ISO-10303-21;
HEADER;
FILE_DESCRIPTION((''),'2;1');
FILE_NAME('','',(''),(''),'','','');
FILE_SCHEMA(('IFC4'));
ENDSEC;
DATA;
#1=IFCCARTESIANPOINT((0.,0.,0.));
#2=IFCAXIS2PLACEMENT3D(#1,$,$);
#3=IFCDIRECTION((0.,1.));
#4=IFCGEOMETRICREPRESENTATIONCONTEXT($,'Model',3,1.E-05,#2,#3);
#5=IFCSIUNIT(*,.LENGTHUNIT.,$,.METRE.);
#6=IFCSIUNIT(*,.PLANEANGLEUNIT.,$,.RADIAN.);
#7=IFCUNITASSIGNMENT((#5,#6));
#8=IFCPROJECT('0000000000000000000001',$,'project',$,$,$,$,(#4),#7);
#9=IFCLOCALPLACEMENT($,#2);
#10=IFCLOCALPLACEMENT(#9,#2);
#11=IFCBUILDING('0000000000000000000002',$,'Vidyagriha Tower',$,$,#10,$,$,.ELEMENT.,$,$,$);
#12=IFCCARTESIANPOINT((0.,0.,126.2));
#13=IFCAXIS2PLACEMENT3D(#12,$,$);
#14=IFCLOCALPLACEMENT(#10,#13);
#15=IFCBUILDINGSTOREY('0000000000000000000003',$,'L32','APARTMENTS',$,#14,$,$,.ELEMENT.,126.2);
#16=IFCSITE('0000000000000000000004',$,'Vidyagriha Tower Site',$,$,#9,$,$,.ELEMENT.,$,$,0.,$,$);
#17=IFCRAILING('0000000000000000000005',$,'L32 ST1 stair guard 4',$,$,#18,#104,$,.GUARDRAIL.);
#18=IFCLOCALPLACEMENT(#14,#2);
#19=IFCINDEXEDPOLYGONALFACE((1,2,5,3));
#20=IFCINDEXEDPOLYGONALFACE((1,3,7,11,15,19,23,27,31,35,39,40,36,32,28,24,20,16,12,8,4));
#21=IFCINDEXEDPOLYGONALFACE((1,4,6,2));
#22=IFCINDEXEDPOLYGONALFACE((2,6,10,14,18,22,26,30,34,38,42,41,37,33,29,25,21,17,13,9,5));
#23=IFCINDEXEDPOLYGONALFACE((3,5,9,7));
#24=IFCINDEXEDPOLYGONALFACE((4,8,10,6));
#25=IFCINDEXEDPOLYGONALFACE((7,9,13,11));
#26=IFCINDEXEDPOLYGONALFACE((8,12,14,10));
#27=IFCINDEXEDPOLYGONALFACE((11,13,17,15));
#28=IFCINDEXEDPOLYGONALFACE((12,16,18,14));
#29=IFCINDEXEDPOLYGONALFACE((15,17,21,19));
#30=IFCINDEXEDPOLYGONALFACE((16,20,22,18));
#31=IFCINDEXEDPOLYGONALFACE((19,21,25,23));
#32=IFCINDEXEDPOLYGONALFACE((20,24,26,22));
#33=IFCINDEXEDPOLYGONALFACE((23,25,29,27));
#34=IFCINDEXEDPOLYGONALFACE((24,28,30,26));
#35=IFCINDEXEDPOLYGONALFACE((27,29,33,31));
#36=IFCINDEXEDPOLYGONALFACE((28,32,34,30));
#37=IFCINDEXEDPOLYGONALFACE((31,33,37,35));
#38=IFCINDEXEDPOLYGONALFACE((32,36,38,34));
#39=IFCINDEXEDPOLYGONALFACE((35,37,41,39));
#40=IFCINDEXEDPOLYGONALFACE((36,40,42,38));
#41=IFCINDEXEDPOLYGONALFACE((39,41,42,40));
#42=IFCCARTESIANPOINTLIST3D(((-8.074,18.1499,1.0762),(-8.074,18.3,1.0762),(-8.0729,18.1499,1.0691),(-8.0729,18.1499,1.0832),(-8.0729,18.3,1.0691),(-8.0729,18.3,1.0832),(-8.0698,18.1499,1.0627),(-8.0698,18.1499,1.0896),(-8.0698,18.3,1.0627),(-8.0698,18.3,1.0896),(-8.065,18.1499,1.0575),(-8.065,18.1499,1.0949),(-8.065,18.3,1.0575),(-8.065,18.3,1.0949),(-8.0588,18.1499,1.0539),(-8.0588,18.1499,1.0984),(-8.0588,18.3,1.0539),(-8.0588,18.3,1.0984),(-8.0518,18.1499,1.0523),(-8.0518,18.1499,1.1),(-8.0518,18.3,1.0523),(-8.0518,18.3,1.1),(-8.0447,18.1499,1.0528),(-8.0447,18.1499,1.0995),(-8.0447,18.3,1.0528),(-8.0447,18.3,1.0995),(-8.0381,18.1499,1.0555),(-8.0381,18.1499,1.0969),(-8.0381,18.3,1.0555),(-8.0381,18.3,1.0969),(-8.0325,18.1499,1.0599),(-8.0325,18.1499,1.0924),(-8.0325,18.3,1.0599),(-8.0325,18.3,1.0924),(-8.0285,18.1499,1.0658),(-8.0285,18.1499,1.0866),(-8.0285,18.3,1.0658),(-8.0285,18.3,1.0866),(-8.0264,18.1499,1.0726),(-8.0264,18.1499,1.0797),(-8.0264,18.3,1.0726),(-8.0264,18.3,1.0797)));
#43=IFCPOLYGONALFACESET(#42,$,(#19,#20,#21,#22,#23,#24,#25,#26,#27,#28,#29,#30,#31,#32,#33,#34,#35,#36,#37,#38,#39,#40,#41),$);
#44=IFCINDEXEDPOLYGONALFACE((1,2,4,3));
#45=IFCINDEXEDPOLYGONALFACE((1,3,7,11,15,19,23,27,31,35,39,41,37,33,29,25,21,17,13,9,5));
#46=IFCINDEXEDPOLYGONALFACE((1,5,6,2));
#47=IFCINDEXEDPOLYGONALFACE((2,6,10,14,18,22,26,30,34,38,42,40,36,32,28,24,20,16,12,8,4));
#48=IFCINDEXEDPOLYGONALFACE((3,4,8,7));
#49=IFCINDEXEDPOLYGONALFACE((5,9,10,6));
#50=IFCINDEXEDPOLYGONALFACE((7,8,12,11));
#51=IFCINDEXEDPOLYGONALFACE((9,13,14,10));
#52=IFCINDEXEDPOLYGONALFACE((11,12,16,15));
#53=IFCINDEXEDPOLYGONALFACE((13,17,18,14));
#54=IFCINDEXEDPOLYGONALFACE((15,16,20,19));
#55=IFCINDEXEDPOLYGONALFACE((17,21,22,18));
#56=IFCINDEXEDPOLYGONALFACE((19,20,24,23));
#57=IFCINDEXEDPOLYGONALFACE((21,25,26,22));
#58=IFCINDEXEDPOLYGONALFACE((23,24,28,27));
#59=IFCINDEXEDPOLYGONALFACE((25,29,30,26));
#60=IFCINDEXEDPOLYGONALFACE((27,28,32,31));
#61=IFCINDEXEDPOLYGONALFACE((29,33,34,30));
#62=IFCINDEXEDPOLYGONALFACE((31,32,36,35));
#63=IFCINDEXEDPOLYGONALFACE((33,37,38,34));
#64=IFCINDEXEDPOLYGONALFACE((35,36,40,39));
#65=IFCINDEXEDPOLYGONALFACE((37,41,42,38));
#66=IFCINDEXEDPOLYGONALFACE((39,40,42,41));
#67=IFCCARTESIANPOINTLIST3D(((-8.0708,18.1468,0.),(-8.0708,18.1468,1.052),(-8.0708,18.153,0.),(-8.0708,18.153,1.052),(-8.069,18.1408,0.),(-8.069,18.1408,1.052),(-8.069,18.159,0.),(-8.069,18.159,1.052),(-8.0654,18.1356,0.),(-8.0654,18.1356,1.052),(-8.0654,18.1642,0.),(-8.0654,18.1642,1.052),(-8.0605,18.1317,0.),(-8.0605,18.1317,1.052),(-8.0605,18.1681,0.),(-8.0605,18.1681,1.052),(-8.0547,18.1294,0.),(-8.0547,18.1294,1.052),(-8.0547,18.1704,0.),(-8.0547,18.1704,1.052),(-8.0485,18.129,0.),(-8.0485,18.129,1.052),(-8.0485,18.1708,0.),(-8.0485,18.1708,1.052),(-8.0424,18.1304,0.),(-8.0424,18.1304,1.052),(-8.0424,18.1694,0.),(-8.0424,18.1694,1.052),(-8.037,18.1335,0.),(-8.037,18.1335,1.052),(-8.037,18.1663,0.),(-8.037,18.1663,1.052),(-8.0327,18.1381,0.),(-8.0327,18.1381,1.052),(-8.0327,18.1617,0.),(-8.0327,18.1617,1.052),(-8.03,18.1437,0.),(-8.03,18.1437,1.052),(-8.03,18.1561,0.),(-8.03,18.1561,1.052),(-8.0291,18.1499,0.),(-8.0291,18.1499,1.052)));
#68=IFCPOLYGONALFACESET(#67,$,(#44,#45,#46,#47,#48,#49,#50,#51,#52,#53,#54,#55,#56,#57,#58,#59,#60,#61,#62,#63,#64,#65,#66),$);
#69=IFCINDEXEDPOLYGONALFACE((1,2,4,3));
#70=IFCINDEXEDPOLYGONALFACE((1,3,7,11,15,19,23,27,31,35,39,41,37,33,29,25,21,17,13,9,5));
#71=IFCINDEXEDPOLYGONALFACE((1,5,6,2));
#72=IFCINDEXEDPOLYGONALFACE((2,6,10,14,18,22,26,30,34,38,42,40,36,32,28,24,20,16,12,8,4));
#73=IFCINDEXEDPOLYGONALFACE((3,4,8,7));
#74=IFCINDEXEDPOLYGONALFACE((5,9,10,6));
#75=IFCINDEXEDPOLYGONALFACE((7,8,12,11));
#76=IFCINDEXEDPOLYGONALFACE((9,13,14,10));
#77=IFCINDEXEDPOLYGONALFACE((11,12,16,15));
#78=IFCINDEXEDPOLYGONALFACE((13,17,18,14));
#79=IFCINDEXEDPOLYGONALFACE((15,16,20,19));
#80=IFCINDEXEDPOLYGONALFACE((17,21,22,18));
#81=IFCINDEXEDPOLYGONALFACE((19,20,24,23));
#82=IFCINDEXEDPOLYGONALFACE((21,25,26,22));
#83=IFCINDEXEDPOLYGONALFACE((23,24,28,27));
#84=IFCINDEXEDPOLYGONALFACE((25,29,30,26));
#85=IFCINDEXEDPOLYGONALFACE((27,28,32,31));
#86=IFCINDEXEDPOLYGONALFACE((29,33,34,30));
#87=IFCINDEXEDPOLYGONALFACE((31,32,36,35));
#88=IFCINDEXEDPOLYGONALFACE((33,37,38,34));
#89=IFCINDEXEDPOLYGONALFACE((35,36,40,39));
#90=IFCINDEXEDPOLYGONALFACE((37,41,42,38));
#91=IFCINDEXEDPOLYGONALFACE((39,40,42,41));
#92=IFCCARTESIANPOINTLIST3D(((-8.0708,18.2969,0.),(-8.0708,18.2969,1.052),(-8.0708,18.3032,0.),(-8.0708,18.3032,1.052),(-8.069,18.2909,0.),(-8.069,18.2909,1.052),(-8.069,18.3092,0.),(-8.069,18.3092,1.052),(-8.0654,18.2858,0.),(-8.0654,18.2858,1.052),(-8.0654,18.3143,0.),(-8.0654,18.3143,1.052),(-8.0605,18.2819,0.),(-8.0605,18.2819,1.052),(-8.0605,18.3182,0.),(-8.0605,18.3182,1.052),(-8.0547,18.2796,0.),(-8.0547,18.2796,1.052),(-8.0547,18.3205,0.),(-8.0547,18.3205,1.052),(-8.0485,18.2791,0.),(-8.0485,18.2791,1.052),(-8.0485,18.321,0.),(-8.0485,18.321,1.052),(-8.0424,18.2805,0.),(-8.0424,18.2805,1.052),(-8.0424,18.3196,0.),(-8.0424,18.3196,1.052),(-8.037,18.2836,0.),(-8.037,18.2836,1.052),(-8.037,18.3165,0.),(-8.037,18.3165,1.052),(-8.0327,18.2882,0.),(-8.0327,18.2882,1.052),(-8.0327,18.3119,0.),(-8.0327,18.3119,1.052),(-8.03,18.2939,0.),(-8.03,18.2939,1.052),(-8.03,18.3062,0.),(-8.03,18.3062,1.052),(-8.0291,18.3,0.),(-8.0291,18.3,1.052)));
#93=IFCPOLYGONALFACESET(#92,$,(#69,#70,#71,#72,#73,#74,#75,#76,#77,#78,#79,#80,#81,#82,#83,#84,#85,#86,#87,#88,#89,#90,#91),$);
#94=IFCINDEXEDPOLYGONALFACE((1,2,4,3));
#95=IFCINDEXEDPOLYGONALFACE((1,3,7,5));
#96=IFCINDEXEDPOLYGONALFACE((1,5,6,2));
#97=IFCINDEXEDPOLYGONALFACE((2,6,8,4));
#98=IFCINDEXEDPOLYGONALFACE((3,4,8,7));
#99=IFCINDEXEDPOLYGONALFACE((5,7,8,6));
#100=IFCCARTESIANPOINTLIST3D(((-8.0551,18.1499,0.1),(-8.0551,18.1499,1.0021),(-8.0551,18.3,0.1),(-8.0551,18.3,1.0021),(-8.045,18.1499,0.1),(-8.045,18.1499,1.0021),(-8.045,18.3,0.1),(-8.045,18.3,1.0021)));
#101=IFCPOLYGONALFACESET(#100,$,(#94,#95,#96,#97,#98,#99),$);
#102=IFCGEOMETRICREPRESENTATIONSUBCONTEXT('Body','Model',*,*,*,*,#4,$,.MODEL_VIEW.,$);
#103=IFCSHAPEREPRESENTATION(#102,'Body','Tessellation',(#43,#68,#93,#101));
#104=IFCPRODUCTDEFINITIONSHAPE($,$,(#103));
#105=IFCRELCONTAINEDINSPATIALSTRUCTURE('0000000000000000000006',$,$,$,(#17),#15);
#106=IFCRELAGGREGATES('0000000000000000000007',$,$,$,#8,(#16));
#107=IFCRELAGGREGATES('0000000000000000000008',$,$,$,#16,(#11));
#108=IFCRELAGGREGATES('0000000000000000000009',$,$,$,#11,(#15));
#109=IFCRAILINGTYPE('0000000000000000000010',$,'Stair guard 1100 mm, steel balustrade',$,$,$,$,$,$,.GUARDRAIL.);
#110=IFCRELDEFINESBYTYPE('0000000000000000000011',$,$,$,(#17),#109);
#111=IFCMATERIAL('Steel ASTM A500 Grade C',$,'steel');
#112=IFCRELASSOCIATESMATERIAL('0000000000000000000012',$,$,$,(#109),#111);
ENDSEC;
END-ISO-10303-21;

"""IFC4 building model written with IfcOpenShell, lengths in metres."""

from ifc_helpers import new_model, si_unit, direction, frame, origin, origin_2d, place, context, subcontext, project, spatial, rectangle, circle, extrude, material, type_object, element, save


model = new_model("IFC4")

# Units and contexts
model_context = context("Model", 3, precision=1e-05, world=origin(), true_north=direction((0.0, 1.0)))
body_context = subcontext(model_context, "Body", "Model", "MODEL_VIEW")
ifc_project = project(units=[si_unit("LENGTHUNIT", "METRE"), si_unit("PLANEANGLEUNIT", "RADIAN")], contexts=[model_context])

# Site, building, storey
site_placement = place(None, origin())
site = spatial("IfcSite", under=ifc_project, at=site_placement, Name="Vidyagriha Tower Site", CompositionType="ELEMENT", RefElevation=0.0)
building_placement = place(site_placement, origin())
building = spatial("IfcBuilding", under=site, at=building_placement, Name="Vidyagriha Tower", CompositionType="ELEMENT")
storey_placement = place(building_placement, frame((0.0, 0.0, 126.2)))
storey = spatial("IfcBuildingStorey", under=building, at=storey_placement, Name="L32", Description="APARTMENTS", CompositionType="ELEMENT", Elevation=126.2)

# Railing
ifc_material_1 = material(Name="Steel ASTM A500 Grade C", Category="steel")
railing_type_1 = type_object("IfcRailingType", Name="Stair guard 1100 mm, steel balustrade", PredefinedType="GUARDRAIL", material=ifc_material_1)
railing_1_placement = place(storey_placement, frame((-8.05, 18.1499, 0.0)))
element("IfcRailing", 1, at=railing_1_placement, inside=storey, type_object=railing_type_1, Name="L32 ST1 stair guard 4", PredefinedType="GUARDRAIL", context=body_context, shape_type="SweptSolid", body=[
    extrude(circle(Radius=0.0239, at=origin_2d()), frame((0.0, 0.0, 1.0762), z_axis=(0.0, 1.0, 0.0), x_axis=(-1.0, 0.0, 0.0)), (0.0, 0.0, 1.0), 0.1501),
    extrude(circle(Radius=0.021, at=origin_2d()), origin(), (0.0, 0.0, 1.0), 1.052),
    extrude(circle(Radius=0.021, at=origin_2d()), frame((0.0, 0.1501, 0.0)), (0.0, 0.0, 1.0), 1.052),
    extrude(rectangle(XDim=0.01, YDim=0.9021, at=origin_2d()), frame((0.0, 0.0, 0.551), z_axis=(0.0, 1.0, 0.0), x_axis=(-1.0, 0.0, 0.0)), (0.0, 0.0, 1.0), 0.1501),
])

save(model, "model.ifc")
